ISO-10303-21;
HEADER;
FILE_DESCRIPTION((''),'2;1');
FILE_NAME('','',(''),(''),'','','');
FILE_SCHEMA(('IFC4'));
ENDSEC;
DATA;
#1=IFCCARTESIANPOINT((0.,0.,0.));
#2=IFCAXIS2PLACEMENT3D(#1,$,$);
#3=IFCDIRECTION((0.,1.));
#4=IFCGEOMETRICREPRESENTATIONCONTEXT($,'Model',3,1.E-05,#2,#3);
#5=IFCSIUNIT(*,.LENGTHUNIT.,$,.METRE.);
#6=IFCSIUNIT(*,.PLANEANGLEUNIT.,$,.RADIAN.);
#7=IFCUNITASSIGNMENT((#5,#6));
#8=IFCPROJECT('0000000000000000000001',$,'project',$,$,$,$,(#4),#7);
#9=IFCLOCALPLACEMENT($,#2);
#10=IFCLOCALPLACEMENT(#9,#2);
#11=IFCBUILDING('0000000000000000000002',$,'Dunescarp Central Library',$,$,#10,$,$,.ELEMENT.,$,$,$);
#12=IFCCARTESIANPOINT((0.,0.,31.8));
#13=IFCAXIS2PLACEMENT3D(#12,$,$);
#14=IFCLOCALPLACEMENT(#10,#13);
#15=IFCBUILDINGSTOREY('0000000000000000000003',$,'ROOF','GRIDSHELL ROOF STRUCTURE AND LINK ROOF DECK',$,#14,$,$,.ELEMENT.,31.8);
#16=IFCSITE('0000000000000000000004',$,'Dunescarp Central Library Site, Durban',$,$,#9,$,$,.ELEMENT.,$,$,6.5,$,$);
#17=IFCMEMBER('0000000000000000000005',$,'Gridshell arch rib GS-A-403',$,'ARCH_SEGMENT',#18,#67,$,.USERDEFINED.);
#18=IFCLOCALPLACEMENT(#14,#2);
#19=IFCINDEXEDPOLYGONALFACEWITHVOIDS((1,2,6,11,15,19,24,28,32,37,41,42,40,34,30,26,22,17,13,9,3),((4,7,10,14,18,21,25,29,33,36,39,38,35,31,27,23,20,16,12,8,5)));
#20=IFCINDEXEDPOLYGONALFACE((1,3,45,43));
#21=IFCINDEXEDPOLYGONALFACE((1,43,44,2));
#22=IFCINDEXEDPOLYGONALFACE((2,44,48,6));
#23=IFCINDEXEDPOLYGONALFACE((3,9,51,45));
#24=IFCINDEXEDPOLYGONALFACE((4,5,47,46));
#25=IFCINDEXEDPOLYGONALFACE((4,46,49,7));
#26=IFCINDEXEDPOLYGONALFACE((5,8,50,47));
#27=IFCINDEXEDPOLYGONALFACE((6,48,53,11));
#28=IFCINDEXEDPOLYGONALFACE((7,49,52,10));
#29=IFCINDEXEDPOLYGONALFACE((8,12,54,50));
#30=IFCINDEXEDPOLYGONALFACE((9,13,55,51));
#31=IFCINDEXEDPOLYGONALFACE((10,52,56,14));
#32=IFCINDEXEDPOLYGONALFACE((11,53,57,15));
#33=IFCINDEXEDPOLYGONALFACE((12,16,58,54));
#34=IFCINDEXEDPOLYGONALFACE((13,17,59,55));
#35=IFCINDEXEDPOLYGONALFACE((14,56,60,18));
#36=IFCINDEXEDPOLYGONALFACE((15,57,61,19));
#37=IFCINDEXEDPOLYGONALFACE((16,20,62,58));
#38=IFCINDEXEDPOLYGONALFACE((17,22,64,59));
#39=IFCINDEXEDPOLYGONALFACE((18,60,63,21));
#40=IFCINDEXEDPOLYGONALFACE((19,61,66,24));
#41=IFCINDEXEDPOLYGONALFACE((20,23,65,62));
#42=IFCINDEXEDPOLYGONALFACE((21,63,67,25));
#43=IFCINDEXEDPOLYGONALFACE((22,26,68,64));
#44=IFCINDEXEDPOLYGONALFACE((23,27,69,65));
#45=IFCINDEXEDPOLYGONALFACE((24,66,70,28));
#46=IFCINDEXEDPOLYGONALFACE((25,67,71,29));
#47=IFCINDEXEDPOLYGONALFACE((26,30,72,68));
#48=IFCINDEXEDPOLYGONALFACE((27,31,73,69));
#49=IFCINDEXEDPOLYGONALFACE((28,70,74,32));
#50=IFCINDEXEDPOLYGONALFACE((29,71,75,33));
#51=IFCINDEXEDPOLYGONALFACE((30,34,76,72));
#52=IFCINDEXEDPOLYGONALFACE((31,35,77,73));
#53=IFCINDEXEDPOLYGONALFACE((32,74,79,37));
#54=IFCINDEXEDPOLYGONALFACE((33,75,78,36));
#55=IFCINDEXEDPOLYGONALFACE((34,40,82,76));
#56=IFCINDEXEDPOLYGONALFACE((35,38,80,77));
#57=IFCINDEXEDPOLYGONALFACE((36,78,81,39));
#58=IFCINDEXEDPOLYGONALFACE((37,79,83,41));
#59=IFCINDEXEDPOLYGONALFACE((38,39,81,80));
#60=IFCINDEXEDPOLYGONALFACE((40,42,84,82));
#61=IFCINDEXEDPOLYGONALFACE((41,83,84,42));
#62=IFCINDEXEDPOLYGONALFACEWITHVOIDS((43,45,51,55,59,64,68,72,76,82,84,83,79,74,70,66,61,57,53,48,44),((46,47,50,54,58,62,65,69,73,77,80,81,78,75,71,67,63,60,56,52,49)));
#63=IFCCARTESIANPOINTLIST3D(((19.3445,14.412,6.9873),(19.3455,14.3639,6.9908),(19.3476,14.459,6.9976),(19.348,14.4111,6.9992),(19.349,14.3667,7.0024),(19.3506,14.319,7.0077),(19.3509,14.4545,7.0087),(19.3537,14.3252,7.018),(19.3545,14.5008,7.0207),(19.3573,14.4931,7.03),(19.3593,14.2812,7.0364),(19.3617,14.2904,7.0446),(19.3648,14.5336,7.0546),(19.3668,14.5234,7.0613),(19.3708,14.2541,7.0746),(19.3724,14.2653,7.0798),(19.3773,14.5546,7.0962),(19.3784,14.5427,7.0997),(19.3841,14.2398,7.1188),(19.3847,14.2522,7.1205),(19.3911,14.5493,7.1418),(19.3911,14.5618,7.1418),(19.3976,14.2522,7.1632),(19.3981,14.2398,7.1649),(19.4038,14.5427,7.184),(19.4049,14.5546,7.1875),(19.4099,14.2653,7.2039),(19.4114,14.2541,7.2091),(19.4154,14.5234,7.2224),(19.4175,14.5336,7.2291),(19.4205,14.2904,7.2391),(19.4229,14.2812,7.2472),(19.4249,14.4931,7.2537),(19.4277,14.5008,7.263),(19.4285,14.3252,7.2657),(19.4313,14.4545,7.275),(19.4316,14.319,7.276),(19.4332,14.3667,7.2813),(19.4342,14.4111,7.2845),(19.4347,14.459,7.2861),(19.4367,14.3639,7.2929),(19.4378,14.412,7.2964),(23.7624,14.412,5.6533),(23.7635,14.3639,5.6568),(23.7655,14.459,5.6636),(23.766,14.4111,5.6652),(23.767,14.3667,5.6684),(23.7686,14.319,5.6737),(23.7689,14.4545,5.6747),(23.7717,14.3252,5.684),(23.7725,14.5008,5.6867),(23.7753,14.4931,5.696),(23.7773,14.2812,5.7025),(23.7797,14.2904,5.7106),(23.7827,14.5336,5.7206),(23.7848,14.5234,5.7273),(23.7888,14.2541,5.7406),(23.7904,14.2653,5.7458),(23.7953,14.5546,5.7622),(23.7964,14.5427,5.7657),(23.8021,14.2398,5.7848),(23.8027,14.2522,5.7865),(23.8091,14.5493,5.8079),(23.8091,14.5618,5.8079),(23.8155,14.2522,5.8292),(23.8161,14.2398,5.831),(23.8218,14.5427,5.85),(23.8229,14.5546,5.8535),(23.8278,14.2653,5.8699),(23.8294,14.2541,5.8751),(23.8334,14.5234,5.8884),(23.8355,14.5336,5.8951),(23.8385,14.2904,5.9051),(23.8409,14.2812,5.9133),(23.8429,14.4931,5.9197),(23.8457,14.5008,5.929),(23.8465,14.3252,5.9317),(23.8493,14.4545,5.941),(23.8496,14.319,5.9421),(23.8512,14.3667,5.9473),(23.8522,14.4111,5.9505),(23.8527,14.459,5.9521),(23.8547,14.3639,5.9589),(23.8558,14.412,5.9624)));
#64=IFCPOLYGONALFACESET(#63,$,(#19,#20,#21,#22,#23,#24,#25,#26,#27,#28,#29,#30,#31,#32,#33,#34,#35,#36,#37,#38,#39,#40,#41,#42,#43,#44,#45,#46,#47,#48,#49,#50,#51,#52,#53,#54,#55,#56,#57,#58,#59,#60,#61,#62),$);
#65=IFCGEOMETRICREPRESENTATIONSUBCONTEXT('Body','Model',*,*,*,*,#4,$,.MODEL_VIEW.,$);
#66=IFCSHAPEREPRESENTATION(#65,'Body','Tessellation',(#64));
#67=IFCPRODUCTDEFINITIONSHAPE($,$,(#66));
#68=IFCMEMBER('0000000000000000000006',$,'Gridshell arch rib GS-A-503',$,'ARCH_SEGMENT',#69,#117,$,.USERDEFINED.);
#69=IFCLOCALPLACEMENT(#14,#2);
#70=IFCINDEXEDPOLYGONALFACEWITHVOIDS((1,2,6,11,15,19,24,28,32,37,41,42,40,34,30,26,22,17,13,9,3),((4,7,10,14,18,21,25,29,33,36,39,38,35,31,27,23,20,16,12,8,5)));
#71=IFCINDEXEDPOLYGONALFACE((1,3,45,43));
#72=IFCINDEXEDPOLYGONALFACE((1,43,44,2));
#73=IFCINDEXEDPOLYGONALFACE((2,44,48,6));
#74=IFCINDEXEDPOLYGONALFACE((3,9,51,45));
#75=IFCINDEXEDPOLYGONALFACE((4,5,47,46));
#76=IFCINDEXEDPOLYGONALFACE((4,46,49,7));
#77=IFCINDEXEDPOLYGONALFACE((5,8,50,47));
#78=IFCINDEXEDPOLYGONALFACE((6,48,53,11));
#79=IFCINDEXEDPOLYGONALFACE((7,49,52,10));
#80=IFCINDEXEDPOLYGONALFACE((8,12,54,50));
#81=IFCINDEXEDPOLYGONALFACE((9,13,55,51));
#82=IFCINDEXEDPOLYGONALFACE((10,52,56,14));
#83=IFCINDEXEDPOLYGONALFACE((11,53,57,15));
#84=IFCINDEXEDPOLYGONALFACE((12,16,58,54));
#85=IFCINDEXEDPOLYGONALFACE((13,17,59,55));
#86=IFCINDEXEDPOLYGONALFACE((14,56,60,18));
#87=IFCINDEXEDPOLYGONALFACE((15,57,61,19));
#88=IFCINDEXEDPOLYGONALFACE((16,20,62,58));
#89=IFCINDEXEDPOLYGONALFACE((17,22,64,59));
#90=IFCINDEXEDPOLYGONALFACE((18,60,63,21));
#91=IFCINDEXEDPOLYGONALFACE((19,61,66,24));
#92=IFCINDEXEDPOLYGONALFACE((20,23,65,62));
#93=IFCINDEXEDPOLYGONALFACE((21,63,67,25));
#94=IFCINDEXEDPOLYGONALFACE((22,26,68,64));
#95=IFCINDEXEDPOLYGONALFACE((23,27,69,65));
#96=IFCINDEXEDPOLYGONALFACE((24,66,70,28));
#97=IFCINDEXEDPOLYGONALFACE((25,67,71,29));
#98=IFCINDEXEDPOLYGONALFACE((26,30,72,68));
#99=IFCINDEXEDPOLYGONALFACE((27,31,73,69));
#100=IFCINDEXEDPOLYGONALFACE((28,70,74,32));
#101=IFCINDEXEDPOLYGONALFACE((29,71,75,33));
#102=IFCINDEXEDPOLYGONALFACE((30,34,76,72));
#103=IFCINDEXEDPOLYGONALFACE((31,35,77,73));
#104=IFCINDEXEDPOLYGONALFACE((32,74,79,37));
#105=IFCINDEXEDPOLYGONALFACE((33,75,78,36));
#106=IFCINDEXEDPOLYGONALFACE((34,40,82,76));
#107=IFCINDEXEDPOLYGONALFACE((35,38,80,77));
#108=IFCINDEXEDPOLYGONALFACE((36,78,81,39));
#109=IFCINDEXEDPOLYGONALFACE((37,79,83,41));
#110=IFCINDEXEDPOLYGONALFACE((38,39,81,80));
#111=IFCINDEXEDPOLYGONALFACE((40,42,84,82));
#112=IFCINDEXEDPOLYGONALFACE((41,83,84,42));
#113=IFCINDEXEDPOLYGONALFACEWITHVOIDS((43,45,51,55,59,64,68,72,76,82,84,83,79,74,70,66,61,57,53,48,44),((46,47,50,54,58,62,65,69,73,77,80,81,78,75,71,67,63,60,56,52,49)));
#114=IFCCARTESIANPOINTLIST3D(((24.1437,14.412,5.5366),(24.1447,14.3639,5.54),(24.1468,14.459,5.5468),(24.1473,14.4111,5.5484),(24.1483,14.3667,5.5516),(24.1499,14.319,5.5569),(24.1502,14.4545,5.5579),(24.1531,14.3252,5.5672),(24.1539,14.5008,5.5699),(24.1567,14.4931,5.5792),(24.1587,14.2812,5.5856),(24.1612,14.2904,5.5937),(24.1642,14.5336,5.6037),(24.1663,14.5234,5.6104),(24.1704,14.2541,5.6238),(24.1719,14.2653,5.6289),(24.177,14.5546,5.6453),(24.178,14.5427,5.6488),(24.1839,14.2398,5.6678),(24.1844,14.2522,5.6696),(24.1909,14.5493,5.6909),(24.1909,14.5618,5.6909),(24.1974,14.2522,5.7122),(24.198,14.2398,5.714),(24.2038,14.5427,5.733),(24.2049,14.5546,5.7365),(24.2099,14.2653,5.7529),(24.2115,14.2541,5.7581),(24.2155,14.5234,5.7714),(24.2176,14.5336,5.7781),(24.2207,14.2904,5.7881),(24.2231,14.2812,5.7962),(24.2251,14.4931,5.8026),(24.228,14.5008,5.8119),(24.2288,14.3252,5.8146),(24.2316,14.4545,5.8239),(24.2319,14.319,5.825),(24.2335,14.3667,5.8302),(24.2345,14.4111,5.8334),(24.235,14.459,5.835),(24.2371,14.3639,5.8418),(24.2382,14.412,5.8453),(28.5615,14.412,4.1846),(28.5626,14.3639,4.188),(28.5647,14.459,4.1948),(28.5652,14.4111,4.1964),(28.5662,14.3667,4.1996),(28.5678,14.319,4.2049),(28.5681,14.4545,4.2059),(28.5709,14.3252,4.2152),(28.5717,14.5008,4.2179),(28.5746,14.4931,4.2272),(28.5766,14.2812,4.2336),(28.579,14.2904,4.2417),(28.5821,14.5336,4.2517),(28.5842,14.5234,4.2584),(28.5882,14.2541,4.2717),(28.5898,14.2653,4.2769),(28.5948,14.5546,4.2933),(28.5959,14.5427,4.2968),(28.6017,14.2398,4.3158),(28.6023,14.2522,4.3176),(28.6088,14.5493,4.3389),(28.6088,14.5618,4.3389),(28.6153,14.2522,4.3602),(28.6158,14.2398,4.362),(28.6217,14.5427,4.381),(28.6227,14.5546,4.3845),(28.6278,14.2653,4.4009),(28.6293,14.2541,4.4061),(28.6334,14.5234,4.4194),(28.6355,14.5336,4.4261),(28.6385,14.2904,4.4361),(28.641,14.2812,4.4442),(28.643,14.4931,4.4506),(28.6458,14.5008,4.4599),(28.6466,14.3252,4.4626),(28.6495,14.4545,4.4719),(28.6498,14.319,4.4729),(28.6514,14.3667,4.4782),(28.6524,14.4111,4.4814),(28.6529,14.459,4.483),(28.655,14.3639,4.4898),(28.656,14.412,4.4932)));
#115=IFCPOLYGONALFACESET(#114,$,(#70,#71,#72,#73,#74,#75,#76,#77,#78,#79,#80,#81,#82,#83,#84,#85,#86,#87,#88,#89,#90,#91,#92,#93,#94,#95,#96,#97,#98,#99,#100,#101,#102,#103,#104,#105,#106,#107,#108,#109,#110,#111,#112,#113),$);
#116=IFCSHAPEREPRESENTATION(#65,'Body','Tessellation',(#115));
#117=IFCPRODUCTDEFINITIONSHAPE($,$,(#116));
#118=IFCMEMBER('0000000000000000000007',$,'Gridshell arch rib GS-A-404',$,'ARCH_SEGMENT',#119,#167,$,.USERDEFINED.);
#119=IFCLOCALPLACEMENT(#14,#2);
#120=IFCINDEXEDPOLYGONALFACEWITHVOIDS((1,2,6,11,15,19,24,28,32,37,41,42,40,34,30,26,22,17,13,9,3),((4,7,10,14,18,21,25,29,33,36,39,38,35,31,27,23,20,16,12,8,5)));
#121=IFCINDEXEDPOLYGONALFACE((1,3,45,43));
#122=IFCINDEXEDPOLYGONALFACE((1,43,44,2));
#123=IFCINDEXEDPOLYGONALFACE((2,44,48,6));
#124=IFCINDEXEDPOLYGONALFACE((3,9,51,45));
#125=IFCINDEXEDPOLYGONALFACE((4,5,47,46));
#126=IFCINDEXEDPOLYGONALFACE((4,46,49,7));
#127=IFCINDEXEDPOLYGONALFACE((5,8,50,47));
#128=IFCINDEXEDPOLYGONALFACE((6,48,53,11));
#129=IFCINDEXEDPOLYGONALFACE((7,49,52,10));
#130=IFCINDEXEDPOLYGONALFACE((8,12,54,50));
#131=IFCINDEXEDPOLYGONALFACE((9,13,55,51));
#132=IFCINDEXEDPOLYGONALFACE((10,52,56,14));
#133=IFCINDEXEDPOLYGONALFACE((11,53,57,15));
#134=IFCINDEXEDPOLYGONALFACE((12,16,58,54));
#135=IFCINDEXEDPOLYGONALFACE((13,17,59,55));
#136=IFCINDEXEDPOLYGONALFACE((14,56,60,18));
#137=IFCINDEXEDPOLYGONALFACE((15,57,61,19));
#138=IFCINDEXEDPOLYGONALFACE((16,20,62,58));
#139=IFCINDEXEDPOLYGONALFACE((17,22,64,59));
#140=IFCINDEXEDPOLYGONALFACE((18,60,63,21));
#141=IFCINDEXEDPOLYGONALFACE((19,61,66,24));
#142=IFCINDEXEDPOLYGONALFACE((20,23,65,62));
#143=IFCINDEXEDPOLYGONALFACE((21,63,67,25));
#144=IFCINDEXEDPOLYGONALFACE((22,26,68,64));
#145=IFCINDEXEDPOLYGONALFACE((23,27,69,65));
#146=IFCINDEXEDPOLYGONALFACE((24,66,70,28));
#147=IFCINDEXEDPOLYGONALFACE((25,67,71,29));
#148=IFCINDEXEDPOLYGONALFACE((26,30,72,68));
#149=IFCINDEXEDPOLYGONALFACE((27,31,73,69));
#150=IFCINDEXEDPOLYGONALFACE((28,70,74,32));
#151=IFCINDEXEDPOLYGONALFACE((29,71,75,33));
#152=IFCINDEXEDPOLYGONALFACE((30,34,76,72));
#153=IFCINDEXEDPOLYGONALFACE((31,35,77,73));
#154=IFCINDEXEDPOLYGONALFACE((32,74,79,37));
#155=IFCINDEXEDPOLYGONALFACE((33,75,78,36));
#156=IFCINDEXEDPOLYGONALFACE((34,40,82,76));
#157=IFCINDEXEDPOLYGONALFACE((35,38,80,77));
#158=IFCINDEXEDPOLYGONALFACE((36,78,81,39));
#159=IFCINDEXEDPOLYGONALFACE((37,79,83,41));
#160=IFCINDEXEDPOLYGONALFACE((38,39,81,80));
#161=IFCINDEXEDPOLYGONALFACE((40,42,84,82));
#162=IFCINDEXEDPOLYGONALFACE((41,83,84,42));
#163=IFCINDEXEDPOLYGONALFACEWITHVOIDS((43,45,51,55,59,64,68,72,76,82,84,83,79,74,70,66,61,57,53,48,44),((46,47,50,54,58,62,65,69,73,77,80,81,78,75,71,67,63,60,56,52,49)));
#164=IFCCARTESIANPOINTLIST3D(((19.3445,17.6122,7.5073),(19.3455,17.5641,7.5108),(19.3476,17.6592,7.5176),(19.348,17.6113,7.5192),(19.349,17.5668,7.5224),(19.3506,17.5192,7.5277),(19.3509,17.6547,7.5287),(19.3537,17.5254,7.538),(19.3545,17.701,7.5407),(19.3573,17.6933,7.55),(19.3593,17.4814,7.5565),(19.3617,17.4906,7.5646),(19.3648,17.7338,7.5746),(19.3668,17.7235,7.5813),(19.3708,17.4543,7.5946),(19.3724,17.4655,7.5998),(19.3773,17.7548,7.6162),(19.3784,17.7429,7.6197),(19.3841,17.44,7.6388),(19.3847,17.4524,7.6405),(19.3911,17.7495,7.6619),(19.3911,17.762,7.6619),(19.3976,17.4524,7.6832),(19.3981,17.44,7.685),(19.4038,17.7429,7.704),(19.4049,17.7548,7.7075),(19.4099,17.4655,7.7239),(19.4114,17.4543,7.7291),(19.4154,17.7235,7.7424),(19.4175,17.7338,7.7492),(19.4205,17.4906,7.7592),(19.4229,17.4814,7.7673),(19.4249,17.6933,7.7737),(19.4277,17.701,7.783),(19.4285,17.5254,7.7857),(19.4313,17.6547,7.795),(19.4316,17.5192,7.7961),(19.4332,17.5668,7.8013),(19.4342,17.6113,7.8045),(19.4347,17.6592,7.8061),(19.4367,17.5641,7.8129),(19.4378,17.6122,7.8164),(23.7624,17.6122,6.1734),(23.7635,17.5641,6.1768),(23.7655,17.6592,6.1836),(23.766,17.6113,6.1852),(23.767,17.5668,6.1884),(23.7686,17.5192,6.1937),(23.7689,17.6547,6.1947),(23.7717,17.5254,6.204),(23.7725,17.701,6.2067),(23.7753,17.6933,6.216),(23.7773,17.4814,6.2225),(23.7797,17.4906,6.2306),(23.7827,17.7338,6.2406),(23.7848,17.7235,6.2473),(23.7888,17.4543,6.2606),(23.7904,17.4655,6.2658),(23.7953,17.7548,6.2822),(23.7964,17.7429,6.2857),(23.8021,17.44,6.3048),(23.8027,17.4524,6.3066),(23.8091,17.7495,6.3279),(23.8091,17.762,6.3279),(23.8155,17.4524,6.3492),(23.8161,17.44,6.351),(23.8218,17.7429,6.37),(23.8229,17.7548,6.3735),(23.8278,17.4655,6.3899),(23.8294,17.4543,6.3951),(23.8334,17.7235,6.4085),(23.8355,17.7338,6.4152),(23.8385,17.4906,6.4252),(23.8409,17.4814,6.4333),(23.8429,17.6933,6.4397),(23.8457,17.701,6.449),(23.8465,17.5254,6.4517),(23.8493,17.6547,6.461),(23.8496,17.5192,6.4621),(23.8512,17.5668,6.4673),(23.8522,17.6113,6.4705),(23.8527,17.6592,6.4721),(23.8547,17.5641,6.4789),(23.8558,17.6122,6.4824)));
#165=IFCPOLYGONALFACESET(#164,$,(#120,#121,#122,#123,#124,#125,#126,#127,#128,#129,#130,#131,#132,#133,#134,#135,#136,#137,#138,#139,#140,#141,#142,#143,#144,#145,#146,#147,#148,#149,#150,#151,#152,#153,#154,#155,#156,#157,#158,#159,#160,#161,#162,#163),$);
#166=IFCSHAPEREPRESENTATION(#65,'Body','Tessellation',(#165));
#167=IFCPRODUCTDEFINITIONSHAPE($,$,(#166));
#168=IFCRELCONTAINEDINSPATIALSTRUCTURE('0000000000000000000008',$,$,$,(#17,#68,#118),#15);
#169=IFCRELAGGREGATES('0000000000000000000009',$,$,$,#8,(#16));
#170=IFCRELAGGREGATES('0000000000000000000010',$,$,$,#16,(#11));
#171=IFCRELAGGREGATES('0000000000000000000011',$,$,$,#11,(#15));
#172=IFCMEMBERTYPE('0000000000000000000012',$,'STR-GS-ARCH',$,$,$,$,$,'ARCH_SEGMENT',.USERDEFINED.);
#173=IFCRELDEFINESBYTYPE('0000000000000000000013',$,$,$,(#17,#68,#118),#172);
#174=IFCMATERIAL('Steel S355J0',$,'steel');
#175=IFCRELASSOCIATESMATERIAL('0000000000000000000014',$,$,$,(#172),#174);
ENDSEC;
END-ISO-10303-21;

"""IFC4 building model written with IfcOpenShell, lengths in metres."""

from ifc_helpers import new_model, si_unit, direction, frame, origin, origin_2d, place, context, subcontext, project, spatial, hollow_circle, extrude, material, material_profile, profile_set, type_object, element, save


model = new_model("IFC4")

# Units and contexts
model_context = context("Model", 3, precision=1e-05, world=origin(), true_north=direction((0.0, 1.0)))
body_context = subcontext(model_context, "Body", "Model", "MODEL_VIEW")
ifc_project = project(units=[si_unit("LENGTHUNIT", "METRE"), si_unit("PLANEANGLEUNIT", "RADIAN")], contexts=[model_context])

# Site, building, storey
site_placement = place(None, origin())
site = spatial("IfcSite", under=ifc_project, at=site_placement, Name="Dunescarp Central Library Site, Durban", CompositionType="ELEMENT", RefElevation=6.5)
building_placement = place(site_placement, origin())
building = spatial("IfcBuilding", under=site, at=building_placement, Name="Dunescarp Central Library", CompositionType="ELEMENT")
storey_placement = place(building_placement, frame((0.0, 0.0, 31.8)))
storey = spatial("IfcBuildingStorey", under=building, at=storey_placement, Name="ROOF", Description="GRIDSHELL ROOF STRUCTURE AND LINK ROOF DECK", CompositionType="ELEMENT", Elevation=31.8)

# Members
ifc_material_1 = material(Name="Steel S355J0", Category="steel")
ifc_material_profile_1 = material_profile(ifc_material_1, hollow_circle(Radius=0.1619, WallThickness=0.0125, at=origin_2d()), Name="CHS 323.9x12.5")
ifc_profile_set_1 = profile_set([ifc_material_profile_1], Name="Steel S355J0")
member_type_1 = type_object("IfcMemberType", Name="STR-GS-ARCH", ElementType="ARCH_SEGMENT", PredefinedType="USERDEFINED", material=ifc_profile_set_1)
member_1_placement = place(storey_placement, frame((19.3911, 14.3999, 7.1418), z_axis=(0.957312, 0.0, -0.289056), x_axis=(0.0, 1.0, 0.0)))
element("IfcMember", 1, at=member_1_placement, inside=storey, type_object=member_type_1, Name="Gridshell arch rib GS-A-403", ObjectType="ARCH_SEGMENT", PredefinedType="USERDEFINED", context=body_context, shape_type="SweptSolid", body=[
    extrude(hollow_circle(Radius=0.1619, WallThickness=0.0125, at=origin_2d()), origin(), (0.0, 0.0, 1.0), 4.615),
])
member_2_placement = place(storey_placement, frame((24.1909, 14.3999, 5.6909), z_axis=(0.956223, 0.0, -0.292637), x_axis=(0.0, 1.0, 0.0)))
element("IfcMember", 2, at=member_2_placement, inside=storey, type_object=member_type_1, Name="Gridshell arch rib GS-A-503", ObjectType="ARCH_SEGMENT", PredefinedType="USERDEFINED", context=body_context, shape_type="SweptSolid", body=[
    extrude(hollow_circle(Radius=0.1619, WallThickness=0.0125, at=origin_2d()), origin(), (0.0, 0.0, 1.0), 4.6201),
])
member_3_placement = place(storey_placement, frame((19.3911, 17.6001, 7.6619), z_axis=(0.957312, 0.0, -0.289056), x_axis=(0.0, 1.0, 0.0)))
element("IfcMember", 3, at=member_3_placement, inside=storey, type_object=member_type_1, Name="Gridshell arch rib GS-A-404", ObjectType="ARCH_SEGMENT", PredefinedType="USERDEFINED", context=body_context, shape_type="SweptSolid", body=[
    extrude(hollow_circle(Radius=0.1619, WallThickness=0.0125, at=origin_2d()), origin(), (0.0, 0.0, 1.0), 4.615),
])

save(model, "model.ifc")
